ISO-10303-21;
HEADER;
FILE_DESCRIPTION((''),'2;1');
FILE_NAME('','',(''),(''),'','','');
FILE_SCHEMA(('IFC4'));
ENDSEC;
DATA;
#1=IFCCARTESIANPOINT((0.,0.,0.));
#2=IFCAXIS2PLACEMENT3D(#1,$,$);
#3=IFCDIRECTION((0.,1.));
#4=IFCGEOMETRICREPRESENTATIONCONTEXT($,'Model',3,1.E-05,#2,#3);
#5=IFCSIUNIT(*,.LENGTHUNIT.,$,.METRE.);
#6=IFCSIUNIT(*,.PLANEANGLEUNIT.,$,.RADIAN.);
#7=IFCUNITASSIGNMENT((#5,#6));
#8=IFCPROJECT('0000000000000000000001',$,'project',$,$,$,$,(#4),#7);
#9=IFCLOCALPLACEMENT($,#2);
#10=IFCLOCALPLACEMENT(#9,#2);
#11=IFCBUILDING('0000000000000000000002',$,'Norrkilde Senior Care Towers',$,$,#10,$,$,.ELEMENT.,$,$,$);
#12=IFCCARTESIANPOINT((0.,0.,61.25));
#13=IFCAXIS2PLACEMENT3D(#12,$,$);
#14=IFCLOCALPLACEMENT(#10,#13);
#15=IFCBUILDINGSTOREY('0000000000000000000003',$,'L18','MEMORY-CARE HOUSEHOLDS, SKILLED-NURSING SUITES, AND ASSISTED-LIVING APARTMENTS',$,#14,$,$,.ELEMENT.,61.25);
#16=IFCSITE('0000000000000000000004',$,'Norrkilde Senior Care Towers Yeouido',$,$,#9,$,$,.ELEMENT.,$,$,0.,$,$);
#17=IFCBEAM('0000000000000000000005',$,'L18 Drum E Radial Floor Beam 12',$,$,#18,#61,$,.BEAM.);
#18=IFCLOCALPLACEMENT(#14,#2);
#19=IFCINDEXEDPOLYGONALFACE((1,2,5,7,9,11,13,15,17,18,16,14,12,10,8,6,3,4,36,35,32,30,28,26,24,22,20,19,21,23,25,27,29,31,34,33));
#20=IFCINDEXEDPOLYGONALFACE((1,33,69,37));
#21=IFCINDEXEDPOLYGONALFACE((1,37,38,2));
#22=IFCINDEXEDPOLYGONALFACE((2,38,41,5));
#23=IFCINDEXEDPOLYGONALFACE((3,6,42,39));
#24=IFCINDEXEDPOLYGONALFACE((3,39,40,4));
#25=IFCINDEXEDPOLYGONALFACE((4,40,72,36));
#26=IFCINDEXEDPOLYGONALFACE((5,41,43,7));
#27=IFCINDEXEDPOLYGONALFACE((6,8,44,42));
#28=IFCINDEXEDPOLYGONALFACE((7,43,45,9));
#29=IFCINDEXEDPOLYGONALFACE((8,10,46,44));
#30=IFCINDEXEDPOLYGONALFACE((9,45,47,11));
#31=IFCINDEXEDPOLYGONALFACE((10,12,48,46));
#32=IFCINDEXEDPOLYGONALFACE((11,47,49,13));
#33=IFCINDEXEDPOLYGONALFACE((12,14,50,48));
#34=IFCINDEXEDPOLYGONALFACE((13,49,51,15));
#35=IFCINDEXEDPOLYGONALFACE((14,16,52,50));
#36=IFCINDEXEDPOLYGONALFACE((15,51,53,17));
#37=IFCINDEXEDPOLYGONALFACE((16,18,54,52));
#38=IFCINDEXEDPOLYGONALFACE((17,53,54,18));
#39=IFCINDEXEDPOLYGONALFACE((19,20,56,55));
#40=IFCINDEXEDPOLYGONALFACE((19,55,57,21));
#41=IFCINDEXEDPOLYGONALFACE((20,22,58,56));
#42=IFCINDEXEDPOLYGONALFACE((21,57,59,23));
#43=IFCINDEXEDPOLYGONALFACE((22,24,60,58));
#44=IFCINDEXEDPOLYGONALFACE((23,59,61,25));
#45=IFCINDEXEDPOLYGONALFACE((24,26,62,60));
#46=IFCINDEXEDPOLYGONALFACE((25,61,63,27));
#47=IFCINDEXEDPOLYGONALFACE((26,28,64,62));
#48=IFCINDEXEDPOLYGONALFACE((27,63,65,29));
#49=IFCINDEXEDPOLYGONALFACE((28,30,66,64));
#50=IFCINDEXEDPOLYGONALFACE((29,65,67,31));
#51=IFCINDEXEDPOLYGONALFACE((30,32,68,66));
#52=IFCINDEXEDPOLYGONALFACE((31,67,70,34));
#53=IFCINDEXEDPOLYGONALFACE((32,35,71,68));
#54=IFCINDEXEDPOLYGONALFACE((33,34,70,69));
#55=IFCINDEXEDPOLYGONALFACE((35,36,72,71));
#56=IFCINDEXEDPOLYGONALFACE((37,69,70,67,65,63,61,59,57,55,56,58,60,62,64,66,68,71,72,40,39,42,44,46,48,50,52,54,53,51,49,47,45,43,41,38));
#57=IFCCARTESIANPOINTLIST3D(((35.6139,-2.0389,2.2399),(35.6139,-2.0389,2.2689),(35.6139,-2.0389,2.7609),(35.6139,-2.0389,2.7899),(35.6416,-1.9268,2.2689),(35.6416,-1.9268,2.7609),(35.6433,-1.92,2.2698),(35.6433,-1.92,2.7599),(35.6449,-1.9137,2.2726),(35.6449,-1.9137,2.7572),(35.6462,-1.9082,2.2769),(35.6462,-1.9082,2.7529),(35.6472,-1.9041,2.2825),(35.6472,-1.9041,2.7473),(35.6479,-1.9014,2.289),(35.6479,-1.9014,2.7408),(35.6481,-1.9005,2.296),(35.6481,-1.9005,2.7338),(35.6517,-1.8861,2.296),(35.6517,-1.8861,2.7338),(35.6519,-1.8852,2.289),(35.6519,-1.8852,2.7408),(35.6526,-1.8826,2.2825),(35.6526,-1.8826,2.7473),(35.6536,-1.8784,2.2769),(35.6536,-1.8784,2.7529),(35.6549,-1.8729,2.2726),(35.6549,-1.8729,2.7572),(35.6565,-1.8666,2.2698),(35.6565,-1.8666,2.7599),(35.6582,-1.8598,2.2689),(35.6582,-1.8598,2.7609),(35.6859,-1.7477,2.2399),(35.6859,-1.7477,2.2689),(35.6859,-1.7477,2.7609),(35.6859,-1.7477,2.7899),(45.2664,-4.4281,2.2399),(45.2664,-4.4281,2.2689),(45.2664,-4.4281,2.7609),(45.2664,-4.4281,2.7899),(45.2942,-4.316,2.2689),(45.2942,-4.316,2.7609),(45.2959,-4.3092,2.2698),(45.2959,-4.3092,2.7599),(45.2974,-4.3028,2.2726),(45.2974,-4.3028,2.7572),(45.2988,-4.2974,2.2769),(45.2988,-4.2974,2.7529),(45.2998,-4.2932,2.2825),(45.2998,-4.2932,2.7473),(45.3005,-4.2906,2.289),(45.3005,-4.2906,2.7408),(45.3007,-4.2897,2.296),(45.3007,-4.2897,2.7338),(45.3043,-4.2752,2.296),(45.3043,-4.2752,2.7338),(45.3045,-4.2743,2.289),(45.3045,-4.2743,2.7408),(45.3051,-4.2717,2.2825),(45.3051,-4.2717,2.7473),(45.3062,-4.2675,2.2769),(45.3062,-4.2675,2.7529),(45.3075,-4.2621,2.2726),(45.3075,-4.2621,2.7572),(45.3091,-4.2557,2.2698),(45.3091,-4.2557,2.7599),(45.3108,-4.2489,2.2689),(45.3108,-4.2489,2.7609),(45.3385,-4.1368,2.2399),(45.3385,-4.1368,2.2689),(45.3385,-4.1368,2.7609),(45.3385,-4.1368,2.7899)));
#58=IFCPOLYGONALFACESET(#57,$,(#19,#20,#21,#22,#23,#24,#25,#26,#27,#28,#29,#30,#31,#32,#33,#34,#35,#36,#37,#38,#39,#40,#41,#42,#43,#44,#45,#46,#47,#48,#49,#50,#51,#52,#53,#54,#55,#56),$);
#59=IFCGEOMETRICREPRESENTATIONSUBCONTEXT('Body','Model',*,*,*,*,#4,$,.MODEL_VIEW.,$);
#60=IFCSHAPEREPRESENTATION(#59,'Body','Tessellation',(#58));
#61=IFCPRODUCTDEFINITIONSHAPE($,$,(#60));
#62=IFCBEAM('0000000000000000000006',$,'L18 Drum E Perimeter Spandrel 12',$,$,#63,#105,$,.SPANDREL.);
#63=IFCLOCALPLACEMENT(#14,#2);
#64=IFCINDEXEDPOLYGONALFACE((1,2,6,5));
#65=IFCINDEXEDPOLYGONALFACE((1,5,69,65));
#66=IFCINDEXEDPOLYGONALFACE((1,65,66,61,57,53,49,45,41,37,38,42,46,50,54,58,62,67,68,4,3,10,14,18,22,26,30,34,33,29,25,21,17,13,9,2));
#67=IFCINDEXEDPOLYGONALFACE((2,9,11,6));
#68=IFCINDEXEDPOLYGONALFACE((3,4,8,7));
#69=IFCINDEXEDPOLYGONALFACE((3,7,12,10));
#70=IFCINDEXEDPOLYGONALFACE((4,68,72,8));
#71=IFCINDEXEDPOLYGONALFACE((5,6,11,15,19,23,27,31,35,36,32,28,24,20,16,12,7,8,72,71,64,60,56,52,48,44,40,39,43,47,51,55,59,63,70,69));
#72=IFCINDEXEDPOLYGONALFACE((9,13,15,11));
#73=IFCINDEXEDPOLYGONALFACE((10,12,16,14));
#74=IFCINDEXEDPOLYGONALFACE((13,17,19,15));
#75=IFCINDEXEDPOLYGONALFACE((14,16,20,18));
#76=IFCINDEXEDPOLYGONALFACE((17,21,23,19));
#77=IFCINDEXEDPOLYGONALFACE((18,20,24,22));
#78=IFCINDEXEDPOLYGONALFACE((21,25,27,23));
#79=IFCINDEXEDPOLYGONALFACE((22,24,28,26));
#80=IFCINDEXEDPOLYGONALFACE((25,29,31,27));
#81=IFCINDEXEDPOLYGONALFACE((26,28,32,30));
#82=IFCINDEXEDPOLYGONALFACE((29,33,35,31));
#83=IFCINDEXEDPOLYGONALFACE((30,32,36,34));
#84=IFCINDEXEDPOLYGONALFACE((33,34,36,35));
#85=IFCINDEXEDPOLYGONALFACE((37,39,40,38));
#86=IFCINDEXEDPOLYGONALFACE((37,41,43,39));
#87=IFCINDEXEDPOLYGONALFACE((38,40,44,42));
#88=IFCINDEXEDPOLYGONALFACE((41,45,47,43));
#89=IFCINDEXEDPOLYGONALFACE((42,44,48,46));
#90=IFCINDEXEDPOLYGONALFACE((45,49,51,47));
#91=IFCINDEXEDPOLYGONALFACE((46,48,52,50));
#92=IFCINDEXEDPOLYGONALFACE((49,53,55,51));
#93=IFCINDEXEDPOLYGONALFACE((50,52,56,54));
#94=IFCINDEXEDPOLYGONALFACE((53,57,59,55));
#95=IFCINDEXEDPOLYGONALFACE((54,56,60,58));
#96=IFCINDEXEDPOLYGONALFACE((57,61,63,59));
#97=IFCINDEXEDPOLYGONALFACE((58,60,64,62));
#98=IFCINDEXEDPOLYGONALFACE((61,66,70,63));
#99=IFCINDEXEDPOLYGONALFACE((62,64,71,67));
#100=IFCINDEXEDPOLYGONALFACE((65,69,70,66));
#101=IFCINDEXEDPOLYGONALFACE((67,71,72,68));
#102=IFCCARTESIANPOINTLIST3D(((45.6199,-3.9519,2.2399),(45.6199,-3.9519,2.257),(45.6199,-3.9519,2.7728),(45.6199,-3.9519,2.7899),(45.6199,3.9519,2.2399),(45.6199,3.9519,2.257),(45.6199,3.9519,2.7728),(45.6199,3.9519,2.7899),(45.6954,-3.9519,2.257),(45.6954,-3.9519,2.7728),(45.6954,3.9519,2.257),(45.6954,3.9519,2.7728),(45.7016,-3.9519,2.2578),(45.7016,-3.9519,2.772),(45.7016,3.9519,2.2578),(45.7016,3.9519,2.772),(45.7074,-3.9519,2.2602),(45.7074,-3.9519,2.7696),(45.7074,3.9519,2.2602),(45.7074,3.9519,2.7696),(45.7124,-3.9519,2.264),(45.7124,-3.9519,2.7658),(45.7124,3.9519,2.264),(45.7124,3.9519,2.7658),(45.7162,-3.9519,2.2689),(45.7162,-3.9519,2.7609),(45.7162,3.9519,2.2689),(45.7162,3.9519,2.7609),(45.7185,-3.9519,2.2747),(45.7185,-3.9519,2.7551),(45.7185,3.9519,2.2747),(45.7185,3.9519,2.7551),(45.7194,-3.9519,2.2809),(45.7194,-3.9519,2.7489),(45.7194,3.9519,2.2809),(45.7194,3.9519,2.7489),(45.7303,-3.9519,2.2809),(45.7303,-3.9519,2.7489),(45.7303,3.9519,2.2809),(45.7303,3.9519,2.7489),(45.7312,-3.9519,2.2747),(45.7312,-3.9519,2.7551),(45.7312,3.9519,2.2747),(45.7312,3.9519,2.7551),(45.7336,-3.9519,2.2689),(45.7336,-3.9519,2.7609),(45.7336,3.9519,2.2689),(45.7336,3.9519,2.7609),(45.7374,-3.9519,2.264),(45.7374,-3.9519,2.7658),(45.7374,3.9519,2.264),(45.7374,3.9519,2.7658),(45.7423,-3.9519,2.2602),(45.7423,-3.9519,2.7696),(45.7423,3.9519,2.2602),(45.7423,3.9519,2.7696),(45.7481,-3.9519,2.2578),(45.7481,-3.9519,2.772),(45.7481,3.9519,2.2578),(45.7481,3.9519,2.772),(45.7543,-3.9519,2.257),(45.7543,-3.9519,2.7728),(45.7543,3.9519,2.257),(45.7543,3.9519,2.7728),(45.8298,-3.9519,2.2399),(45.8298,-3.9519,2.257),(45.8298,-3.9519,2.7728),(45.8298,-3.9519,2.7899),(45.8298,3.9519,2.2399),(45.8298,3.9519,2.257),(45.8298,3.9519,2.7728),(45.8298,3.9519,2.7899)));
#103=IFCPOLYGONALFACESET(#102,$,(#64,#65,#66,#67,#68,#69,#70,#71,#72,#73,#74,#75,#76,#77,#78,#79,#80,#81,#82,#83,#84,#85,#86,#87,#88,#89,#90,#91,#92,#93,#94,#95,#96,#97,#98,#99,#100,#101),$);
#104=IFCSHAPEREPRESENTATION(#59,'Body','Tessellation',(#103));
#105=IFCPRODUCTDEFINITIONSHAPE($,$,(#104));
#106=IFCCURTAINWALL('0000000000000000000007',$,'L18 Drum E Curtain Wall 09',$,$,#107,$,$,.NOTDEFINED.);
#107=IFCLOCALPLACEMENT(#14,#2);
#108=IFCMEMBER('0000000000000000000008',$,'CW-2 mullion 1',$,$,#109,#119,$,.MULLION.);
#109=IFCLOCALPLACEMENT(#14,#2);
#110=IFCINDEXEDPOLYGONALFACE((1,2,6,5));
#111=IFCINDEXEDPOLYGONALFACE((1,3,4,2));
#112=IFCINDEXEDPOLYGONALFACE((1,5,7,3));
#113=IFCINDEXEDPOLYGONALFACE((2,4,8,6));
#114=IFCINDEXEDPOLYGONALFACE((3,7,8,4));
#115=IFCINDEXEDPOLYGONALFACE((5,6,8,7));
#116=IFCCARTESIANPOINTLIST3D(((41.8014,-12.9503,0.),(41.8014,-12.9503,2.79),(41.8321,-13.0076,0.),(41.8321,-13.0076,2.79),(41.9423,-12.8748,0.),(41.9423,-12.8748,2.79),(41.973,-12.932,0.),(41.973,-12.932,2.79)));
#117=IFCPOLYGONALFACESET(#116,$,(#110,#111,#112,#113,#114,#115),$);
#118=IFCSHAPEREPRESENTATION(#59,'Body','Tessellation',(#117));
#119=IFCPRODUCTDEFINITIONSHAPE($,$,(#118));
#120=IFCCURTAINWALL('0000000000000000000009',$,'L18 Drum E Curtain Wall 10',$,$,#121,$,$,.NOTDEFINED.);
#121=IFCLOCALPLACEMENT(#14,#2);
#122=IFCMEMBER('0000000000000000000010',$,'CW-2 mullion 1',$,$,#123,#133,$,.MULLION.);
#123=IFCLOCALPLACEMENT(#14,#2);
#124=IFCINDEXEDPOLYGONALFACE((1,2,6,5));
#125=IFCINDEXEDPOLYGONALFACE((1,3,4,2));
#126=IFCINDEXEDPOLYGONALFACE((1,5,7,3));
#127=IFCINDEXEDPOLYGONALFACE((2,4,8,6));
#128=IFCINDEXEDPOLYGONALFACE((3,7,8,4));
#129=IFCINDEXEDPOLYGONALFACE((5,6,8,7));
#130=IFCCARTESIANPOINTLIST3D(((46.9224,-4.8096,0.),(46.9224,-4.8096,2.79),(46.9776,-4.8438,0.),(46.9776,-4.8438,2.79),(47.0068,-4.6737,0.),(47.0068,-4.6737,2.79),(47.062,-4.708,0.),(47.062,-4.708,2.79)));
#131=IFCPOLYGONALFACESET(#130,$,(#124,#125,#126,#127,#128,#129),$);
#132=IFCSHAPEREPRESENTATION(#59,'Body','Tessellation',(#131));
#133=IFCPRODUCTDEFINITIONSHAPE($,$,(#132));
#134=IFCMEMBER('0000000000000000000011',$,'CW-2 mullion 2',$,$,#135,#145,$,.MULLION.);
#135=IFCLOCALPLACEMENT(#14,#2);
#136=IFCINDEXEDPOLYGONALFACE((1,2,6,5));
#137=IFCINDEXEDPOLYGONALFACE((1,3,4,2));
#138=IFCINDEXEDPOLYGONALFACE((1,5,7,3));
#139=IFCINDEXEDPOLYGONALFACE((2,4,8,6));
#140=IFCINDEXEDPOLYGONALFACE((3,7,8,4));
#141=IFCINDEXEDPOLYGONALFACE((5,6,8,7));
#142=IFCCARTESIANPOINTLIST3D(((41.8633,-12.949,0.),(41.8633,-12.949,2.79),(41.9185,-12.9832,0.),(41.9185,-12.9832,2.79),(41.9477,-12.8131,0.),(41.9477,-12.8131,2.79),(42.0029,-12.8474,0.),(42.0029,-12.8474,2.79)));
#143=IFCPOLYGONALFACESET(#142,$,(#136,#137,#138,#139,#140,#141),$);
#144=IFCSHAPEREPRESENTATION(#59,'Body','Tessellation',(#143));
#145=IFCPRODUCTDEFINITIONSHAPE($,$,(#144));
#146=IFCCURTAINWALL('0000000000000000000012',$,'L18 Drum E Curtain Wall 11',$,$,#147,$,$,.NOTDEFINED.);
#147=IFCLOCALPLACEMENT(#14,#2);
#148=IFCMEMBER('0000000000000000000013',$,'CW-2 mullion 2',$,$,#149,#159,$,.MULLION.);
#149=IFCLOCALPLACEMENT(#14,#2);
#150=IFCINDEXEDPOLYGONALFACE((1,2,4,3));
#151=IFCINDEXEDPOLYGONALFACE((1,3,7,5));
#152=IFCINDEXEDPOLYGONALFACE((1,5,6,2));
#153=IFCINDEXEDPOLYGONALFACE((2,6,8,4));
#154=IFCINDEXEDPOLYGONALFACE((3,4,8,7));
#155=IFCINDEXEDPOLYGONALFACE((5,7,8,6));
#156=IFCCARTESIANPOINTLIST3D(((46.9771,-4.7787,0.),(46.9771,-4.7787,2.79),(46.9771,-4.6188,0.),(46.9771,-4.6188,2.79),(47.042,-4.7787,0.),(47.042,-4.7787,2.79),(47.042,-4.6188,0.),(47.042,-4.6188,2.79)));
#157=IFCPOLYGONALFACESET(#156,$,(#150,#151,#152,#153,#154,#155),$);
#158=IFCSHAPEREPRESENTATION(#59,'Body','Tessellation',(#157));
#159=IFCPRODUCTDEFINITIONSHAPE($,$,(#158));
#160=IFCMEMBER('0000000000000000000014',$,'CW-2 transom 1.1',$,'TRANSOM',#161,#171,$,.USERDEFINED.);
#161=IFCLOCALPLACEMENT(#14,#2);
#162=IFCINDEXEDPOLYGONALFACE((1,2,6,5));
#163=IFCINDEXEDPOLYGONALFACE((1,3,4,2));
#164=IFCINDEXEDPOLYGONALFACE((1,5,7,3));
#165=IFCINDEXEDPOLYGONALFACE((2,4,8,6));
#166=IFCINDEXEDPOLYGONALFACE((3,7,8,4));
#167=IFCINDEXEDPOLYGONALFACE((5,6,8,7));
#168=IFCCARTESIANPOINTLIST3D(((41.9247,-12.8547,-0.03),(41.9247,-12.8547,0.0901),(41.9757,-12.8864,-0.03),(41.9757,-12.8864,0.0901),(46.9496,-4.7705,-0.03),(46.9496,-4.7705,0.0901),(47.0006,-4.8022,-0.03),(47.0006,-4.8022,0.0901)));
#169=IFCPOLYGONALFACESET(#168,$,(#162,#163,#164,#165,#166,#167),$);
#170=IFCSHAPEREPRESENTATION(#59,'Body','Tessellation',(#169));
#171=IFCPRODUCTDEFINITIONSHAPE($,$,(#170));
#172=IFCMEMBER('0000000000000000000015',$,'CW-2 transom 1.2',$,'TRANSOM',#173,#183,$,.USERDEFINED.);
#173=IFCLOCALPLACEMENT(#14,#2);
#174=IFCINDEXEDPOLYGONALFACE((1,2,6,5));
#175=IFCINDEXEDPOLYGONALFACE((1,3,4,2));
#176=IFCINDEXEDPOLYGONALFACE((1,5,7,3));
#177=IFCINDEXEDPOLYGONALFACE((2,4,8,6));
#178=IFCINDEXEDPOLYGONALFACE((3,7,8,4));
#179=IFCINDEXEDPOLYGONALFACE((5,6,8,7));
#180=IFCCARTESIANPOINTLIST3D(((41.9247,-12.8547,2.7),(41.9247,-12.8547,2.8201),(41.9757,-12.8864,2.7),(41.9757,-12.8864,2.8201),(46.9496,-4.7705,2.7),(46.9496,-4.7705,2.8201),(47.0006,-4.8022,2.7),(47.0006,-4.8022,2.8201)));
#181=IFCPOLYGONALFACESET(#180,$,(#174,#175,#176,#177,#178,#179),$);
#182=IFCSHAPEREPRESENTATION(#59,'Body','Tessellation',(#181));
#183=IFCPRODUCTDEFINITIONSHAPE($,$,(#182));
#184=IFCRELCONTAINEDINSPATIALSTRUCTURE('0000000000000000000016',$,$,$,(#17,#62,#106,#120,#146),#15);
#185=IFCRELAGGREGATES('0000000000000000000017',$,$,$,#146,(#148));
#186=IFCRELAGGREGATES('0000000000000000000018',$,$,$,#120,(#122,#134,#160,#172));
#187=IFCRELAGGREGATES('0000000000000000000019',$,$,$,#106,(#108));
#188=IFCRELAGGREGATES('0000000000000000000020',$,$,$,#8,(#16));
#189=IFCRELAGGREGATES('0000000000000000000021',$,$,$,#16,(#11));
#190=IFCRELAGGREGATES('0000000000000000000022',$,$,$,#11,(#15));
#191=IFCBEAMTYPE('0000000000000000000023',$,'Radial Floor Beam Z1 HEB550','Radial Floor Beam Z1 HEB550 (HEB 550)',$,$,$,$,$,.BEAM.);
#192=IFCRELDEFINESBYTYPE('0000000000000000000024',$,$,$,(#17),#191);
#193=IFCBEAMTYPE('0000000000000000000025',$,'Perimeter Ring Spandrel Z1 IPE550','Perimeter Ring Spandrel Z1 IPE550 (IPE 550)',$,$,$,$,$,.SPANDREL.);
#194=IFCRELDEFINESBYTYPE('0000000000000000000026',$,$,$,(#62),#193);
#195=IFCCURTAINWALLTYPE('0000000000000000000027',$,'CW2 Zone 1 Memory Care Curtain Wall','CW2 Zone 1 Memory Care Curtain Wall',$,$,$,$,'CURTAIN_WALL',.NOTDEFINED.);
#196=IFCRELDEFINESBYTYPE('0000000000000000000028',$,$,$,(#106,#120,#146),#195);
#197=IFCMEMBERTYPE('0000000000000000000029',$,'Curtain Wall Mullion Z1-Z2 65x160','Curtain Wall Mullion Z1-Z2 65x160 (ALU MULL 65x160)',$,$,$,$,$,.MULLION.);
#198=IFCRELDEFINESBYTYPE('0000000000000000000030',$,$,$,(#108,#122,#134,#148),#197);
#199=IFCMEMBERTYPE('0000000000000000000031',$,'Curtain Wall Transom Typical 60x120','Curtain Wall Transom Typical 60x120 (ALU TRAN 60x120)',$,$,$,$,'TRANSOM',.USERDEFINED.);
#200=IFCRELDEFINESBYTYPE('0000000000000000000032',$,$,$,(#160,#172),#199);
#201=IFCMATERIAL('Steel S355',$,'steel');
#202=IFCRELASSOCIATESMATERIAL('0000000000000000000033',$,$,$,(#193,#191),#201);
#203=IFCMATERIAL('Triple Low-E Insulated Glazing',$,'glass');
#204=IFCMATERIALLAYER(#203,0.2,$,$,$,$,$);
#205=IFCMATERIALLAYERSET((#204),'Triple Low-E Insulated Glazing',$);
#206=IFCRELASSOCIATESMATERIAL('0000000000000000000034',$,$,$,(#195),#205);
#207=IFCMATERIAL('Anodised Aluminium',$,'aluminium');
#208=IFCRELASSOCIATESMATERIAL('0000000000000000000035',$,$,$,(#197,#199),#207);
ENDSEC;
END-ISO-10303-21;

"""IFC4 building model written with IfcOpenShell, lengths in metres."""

from ifc_helpers import new_model, si_unit, direction, frame, origin, origin_2d, place, context, subcontext, project, spatial, rectangle, i_section, extrude, source, transform, mapped, material, layer, layer_set, material_profile, profile_set, type_object, type_shapes, element, aggregate, save


model = new_model("IFC4")

# Units and contexts
model_context = context("Model", 3, precision=1e-05, world=origin(), true_north=direction((0.0, 1.0)))
body_context = subcontext(model_context, "Body", "Model", "MODEL_VIEW")
ifc_project = project(units=[si_unit("LENGTHUNIT", "METRE"), si_unit("PLANEANGLEUNIT", "RADIAN")], contexts=[model_context])

# Site, building, storey
site_placement = place(None, origin())
site = spatial("IfcSite", under=ifc_project, at=site_placement, Name="Norrkilde Senior Care Towers Yeouido", CompositionType="ELEMENT", RefElevation=0.0)
building_placement = place(site_placement, origin())
building = spatial("IfcBuilding", under=site, at=building_placement, Name="Norrkilde Senior Care Towers", CompositionType="ELEMENT")
storey_placement = place(building_placement, frame((0.0, 0.0, 61.25)))
storey = spatial("IfcBuildingStorey", under=building, at=storey_placement, Name="L18", Description="MEMORY-CARE HOUSEHOLDS, SKILLED-NURSING SUITES, AND ASSISTED-LIVING APARTMENTS", CompositionType="ELEMENT", Elevation=61.25)

# Beams
ifc_material_1 = material(Name="Steel S355", Category="steel")
ifc_material_profile_1 = material_profile(ifc_material_1, i_section(OverallWidth=0.21, OverallDepth=0.55, WebThickness=0.011, FlangeThickness=0.0171, FilletRadius=0.0239, at=origin_2d()), Name="IPE 550")
ifc_profile_set_1 = profile_set([ifc_material_profile_1], Name="Steel S355")
beam_type_1 = type_object("IfcBeamType", Name="Perimeter Ring Spandrel Z1 IPE550", Description="Perimeter Ring Spandrel Z1 IPE550 (IPE 550)", PredefinedType="SPANDREL", material=ifc_profile_set_1)
ifc_material_profile_2 = material_profile(ifc_material_1, i_section(OverallWidth=0.3, OverallDepth=0.55, WebThickness=0.0149, FlangeThickness=0.0291, FilletRadius=0.0271, at=origin_2d()), Name="HEB 550")
ifc_profile_set_2 = profile_set([ifc_material_profile_2], Name="Steel S355")
beam_type_2 = type_object("IfcBeamType", Name="Radial Floor Beam Z1 HEB550", Description="Radial Floor Beam Z1 HEB550 (HEB 550)", PredefinedType="BEAM", material=ifc_profile_set_2)
shared_shape_1 = source(origin(), body_context, "Body", "SweptSolid", [
    extrude(i_section(OverallWidth=0.3, OverallDepth=0.55, WebThickness=0.0149, FlangeThickness=0.0291, FilletRadius=0.0271, at=origin_2d()), origin(), (0.0, 0.0, 1.0), 9.9438),
])
type_shapes(beam_type_2, [shared_shape_1])
beam_1_placement = place(storey_placement, frame((35.6499, -1.8933, 2.5149), z_axis=(0.970707, -0.240265, 0.0), x_axis=(0.240265, 0.970707, 0.0)))
element("IfcBeam", 1, at=beam_1_placement, inside=storey, type_object=beam_type_2, Name="L18 Drum E Radial Floor Beam 12", PredefinedType="BEAM", context=body_context, shape_type="MappedRepresentation", body=[
    mapped(shared_shape_1, transform((0.0, 0.0, 0.0), x_axis=(1.0, 0.0, 0.0), y_axis=(0.0, 1.0, 0.0), z_axis=(0.0, 0.0, 1.0), scale=1.0)),
])
shared_shape_2 = source(origin(), body_context, "Body", "SweptSolid", [
    extrude(i_section(OverallWidth=0.21, OverallDepth=0.55, WebThickness=0.011, FlangeThickness=0.0171, FilletRadius=0.0239, at=origin_2d()), origin(), (0.0, 0.0, 1.0), 7.9038),
])
beam_2_placement = place(storey_placement, frame((45.7249, -3.9519, 2.5149), z_axis=(0.0, 1.0, 0.0), x_axis=(-1.0, 0.0, 0.0)))
element("IfcBeam", 2, at=beam_2_placement, inside=storey, type_object=beam_type_1, Name="L18 Drum E Perimeter Spandrel 12", PredefinedType="SPANDREL", context=body_context, shape_type="MappedRepresentation", body=[
    mapped(shared_shape_2, transform((0.0, 0.0, 0.0), x_axis=(1.0, 0.0, 0.0), y_axis=(0.0, 1.0, 0.0), z_axis=(0.0, 0.0, 1.0), scale=1.0)),
])

# Curtain wall, member
ifc_material_2 = material(Name="Triple Low-E Insulated Glazing", Category="glass")
ifc_layer_1 = layer(ifc_material_2, 0.2)
ifc_layer_set_1 = layer_set([ifc_layer_1], Name="Triple Low-E Insulated Glazing")
curtain_wall_type = type_object("IfcCurtainWallType", Name="CW2 Zone 1 Memory Care Curtain Wall", Description="CW2 Zone 1 Memory Care Curtain Wall", ElementType="CURTAIN_WALL", PredefinedType="NOTDEFINED", material=ifc_layer_set_1)
curtain_wall_1_placement = place(storey_placement, origin())
curtain_wall_1 = element("IfcCurtainWall", 3, at=curtain_wall_1_placement, inside=storey, type_object=curtain_wall_type, Name="L18 Drum E Curtain Wall 09", PredefinedType="NOTDEFINED")
ifc_material_3 = material(Name="Anodised Aluminium", Category="aluminium")
ifc_material_profile_3 = material_profile(ifc_material_3, rectangle(XDim=0.0649, YDim=0.1599, at=origin_2d()), Name="ALU MULL 65x160")
ifc_profile_set_3 = profile_set([ifc_material_profile_3], Name="Anodised Aluminium")
member_type_1 = type_object("IfcMemberType", Name="Curtain Wall Mullion Z1-Z2 65x160", Description="Curtain Wall Mullion Z1-Z2 65x160 (ALU MULL 65x160)", PredefinedType="MULLION", material=ifc_profile_set_3)
shared_shape_3 = source(origin(), body_context, "Body", "SweptSolid", [
    extrude(rectangle(XDim=0.0649, YDim=0.1599, at=origin_2d()), origin(), (0.0, 0.0, 1.0), 2.79),
])
type_shapes(member_type_1, [shared_shape_3])
member_1_placement = place(storey_placement, frame((41.8872, -12.9412, 0.0), z_axis=(0.0, 0.0, 1.0), x_axis=(0.472608, -0.881273, 0.0)))
member_1 = element("IfcMember", 4, at=member_1_placement, type_object=member_type_1, Name="CW-2 mullion 1", PredefinedType="MULLION", context=body_context, shape_type="MappedRepresentation", body=[
    mapped(shared_shape_3, transform((0.0, 0.0, 0.0), x_axis=(1.0, 0.0, 0.0), y_axis=(0.0, 1.0, 0.0), z_axis=(0.0, 0.0, 1.0), scale=1.0)),
])

# Curtain wall, members
curtain_wall_2_placement = place(storey_placement, origin())
curtain_wall_2 = element("IfcCurtainWall", 5, at=curtain_wall_2_placement, inside=storey, type_object=curtain_wall_type, Name="L18 Drum E Curtain Wall 10", PredefinedType="NOTDEFINED")
member_2_placement = place(storey_placement, frame((46.9922, -4.7588, 0.0), z_axis=(0.0, 0.0, 1.0), x_axis=(0.849306, -0.527901, 0.0)))
member_2 = element("IfcMember", 6, at=member_2_placement, type_object=member_type_1, Name="CW-2 mullion 1", PredefinedType="MULLION", context=body_context, shape_type="MappedRepresentation", body=[
    mapped(shared_shape_3, transform((0.0, 0.0, 0.0), x_axis=(1.0, 0.0, 0.0), y_axis=(0.0, 1.0, 0.0), z_axis=(0.0, 0.0, 1.0), scale=1.0)),
])
member_3_placement = place(storey_placement, frame((41.9331, -12.8982, 0.0), z_axis=(0.0, 0.0, 1.0), x_axis=(0.849306, -0.527901, 0.0)))
member_3 = element("IfcMember", 7, at=member_3_placement, type_object=member_type_1, Name="CW-2 mullion 2", PredefinedType="MULLION", context=body_context, shape_type="MappedRepresentation", body=[
    mapped(shared_shape_3, transform((0.0, 0.0, 0.0), x_axis=(1.0, 0.0, 0.0), y_axis=(0.0, 1.0, 0.0), z_axis=(0.0, 0.0, 1.0), scale=1.0)),
])

# Curtain wall, member
curtain_wall_3_placement = place(storey_placement, origin())
curtain_wall_3 = element("IfcCurtainWall", 8, at=curtain_wall_3_placement, inside=storey, type_object=curtain_wall_type, Name="L18 Drum E Curtain Wall 11", PredefinedType="NOTDEFINED")
member_4_placement = place(storey_placement, frame((47.0095, -4.6987, 0.0), z_axis=(0.0, 0.0, 1.0), x_axis=(1.0, 0.0, 0.0)))
member_4 = element("IfcMember", 9, at=member_4_placement, type_object=member_type_1, Name="CW-2 mullion 2", PredefinedType="MULLION", context=body_context, shape_type="MappedRepresentation", body=[
    mapped(shared_shape_3, transform((0.0, 0.0, 0.0), x_axis=(1.0, 0.0, 0.0), y_axis=(0.0, 1.0, 0.0), z_axis=(0.0, 0.0, 1.0), scale=1.0)),
])
aggregate(curtain_wall_3, [member_4])

# Members
ifc_material_profile_4 = material_profile(ifc_material_3, rectangle(XDim=0.0601, YDim=0.1201, at=origin_2d()), Name="ALU TRAN 60x120")
ifc_profile_set_4 = profile_set([ifc_material_profile_4], Name="Anodised Aluminium")
member_type_2 = type_object("IfcMemberType", Name="Curtain Wall Transom Typical 60x120", Description="Curtain Wall Transom Typical 60x120 (ALU TRAN 60x120)", ElementType="TRANSOM", PredefinedType="USERDEFINED", material=ifc_profile_set_4)
shared_shape_4 = source(origin(), body_context, "Body", "SweptSolid", [
    extrude(rectangle(XDim=0.0601, YDim=0.1201, at=origin_2d()), origin(), (0.0, 0.0, 1.0), 9.5186),
])
member_5_placement = place(storey_placement, frame((46.9751, -4.7864, 0.03), z_axis=(-0.527902, -0.849306, 0.0), x_axis=(0.849306, -0.527902, 0.0)))
member_5 = element("IfcMember", 10, at=member_5_placement, type_object=member_type_2, Name="CW-2 transom 1.1", ObjectType="TRANSOM", PredefinedType="USERDEFINED", context=body_context, shape_type="MappedRepresentation", body=[
    mapped(shared_shape_4, transform((0.0, 0.0, 0.0), x_axis=(1.0, 0.0, 0.0), y_axis=(0.0, 1.0, 0.0), z_axis=(0.0, 0.0, 1.0), scale=1.0)),
])
member_6_placement = place(storey_placement, frame((46.9751, -4.7864, 2.76), z_axis=(-0.527902, -0.849306, 0.0), x_axis=(0.849306, -0.527902, 0.0)))
member_6 = element("IfcMember", 11, at=member_6_placement, type_object=member_type_2, Name="CW-2 transom 1.2", ObjectType="TRANSOM", PredefinedType="USERDEFINED", context=body_context, shape_type="MappedRepresentation", body=[
    mapped(shared_shape_4, transform((0.0, 0.0, 0.0), x_axis=(1.0, 0.0, 0.0), y_axis=(0.0, 1.0, 0.0), z_axis=(0.0, 0.0, 1.0), scale=1.0)),
])

aggregate(curtain_wall_2, [member_2, member_3, member_5, member_6])
aggregate(curtain_wall_1, [member_1])

save(model, "model.ifc")
